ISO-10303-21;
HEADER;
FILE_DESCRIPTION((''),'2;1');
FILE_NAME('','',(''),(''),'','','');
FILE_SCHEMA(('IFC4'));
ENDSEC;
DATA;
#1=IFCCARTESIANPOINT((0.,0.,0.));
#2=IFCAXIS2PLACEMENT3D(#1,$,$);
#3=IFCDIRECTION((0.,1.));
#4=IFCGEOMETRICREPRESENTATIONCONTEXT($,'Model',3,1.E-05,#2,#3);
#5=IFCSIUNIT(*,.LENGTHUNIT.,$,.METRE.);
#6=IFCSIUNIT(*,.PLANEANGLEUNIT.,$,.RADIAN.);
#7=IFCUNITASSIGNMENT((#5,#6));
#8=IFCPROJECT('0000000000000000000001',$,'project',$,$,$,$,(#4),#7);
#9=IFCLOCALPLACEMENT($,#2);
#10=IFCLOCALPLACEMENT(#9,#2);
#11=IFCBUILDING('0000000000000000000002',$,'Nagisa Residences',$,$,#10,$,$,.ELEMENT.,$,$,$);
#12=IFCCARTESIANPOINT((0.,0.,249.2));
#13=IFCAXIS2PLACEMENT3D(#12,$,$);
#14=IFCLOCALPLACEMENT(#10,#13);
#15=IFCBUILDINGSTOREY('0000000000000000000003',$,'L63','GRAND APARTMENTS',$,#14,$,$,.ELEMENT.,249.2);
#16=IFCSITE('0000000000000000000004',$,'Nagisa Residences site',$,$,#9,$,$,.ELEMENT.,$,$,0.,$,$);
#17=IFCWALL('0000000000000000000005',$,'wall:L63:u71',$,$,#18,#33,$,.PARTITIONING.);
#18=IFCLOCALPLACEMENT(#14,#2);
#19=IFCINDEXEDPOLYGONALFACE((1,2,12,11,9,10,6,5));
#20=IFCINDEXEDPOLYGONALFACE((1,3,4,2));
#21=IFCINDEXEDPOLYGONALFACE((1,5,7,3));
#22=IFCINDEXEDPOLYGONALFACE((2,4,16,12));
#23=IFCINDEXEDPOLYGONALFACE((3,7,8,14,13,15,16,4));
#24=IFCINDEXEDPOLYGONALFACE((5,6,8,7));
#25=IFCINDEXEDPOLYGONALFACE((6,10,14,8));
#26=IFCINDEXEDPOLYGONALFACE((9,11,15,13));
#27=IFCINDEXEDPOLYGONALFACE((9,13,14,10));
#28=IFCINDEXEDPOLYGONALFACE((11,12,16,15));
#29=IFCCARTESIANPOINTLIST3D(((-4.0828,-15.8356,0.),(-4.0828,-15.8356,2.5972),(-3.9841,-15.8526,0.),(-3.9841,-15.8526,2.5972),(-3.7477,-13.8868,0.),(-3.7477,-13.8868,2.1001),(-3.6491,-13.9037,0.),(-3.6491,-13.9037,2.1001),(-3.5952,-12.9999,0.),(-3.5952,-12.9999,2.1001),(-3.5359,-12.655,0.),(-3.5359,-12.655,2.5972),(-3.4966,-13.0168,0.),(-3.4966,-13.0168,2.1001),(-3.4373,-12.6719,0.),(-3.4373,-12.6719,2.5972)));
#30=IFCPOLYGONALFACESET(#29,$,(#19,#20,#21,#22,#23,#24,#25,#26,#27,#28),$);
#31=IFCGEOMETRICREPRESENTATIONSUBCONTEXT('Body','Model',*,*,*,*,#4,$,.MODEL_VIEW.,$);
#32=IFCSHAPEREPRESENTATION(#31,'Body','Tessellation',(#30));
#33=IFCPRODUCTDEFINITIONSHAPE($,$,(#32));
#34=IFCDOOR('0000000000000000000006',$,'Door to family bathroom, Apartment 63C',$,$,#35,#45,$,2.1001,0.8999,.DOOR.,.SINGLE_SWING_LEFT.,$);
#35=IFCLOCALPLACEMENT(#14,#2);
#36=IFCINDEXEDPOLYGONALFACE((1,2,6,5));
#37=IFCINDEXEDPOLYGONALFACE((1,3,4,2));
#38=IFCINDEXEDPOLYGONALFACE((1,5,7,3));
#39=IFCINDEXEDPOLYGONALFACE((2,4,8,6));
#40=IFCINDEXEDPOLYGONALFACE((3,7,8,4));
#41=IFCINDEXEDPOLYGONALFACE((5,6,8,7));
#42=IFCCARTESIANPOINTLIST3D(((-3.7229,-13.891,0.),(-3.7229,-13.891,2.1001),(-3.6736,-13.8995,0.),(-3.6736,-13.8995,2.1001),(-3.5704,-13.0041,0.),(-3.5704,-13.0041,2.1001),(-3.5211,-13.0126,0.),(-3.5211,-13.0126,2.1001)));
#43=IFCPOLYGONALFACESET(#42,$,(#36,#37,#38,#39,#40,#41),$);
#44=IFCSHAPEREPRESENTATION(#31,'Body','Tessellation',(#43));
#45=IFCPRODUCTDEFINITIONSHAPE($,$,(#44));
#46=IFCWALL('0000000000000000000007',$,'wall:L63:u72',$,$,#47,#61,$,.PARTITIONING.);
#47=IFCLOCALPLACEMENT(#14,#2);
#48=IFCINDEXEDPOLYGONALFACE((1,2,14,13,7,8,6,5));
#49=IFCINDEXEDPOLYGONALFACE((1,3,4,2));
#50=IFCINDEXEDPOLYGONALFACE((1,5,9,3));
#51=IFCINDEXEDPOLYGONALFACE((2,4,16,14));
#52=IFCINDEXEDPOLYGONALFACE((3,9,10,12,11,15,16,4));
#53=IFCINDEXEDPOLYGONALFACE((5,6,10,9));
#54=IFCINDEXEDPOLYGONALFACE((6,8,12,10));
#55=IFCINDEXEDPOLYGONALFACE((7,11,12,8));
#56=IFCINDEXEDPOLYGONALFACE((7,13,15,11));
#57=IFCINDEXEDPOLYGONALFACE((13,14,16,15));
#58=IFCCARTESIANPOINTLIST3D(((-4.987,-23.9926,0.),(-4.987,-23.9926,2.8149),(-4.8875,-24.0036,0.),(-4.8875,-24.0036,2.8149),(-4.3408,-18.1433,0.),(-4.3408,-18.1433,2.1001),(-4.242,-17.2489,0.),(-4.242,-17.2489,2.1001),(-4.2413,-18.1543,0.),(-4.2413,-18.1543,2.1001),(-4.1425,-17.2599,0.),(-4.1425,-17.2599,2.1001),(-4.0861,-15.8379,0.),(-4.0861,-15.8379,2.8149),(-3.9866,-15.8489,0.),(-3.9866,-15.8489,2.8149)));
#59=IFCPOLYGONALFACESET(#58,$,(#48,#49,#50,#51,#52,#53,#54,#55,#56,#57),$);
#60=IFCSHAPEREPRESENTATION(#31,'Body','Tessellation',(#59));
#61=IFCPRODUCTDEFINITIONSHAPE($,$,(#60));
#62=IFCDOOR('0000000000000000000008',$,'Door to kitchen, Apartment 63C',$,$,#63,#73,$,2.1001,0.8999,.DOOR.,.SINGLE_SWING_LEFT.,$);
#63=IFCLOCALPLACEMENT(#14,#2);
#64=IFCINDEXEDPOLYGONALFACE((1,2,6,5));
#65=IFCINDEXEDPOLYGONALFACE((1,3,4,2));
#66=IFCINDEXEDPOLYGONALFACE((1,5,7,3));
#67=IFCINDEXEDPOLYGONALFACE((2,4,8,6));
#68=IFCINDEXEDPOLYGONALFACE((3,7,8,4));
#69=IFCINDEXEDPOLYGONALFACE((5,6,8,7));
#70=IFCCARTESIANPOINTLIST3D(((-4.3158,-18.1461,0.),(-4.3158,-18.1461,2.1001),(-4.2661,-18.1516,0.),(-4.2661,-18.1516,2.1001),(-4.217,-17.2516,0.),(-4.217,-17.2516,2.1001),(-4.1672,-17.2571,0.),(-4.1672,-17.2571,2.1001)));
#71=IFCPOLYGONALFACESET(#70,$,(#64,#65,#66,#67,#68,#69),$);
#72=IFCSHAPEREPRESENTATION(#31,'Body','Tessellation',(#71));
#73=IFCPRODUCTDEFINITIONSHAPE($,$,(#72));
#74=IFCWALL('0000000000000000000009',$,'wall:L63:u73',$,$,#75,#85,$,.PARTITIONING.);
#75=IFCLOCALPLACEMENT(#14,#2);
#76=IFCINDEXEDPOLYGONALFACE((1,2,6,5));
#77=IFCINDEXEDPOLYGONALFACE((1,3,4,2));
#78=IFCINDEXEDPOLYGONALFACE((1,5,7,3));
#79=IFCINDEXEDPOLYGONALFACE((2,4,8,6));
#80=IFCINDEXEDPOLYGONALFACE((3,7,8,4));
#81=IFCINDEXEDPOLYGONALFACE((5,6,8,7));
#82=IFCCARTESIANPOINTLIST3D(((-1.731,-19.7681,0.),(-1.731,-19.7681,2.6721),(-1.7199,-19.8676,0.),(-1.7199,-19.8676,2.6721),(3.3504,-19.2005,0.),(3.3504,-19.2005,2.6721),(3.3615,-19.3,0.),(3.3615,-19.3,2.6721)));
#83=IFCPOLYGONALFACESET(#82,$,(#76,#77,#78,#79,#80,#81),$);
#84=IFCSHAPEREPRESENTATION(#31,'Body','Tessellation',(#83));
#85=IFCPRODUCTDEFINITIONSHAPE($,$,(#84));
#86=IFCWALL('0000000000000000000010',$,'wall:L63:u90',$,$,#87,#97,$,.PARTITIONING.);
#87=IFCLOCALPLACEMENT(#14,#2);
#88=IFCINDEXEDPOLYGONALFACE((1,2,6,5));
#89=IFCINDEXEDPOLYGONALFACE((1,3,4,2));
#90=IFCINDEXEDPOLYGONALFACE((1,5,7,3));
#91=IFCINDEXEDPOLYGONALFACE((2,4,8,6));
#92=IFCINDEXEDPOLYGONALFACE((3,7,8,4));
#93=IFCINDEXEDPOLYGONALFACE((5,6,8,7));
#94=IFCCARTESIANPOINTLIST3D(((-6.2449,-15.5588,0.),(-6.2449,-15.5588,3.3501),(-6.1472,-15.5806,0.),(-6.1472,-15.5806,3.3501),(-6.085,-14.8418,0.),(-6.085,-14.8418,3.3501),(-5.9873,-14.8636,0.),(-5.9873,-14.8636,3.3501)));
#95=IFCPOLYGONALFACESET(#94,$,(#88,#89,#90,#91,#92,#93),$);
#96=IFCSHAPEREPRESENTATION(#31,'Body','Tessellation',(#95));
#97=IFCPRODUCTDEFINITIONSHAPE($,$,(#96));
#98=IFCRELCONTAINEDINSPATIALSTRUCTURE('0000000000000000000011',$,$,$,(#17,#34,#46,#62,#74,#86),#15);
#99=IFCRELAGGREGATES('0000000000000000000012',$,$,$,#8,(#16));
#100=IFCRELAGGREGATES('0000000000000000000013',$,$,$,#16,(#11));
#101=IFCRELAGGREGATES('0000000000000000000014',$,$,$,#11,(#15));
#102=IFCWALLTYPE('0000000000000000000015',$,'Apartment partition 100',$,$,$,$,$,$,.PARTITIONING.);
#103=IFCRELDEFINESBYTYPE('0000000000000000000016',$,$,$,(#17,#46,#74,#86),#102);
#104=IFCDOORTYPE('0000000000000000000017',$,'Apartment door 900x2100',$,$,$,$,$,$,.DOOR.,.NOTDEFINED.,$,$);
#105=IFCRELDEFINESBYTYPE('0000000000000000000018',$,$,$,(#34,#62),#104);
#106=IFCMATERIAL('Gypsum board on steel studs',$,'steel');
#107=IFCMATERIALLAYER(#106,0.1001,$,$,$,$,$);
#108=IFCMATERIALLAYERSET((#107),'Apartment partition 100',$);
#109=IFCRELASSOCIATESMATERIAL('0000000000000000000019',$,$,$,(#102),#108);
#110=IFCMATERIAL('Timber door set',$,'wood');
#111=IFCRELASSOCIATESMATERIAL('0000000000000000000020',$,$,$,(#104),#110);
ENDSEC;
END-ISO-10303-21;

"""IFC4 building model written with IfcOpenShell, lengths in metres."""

from ifc_helpers import new_model, si_unit, direction, frame, frame_2d, origin, place, context, subcontext, project, spatial, rectangle, extrude, material, layer, layer_set, type_object, element, fill, save


model = new_model("IFC4")

# Units and contexts
model_context = context("Model", 3, precision=1e-05, world=origin(), true_north=direction((0.0, 1.0)))
body_context = subcontext(model_context, "Body", "Model", "MODEL_VIEW")
ifc_project = project(units=[si_unit("LENGTHUNIT", "METRE"), si_unit("PLANEANGLEUNIT", "RADIAN")], contexts=[model_context])

# Site, building, storey
site_placement = place(None, origin())
site = spatial("IfcSite", under=ifc_project, at=site_placement, Name="Nagisa Residences site", CompositionType="ELEMENT", RefElevation=0.0)
building_placement = place(site_placement, origin())
building = spatial("IfcBuilding", under=site, at=building_placement, Name="Nagisa Residences", CompositionType="ELEMENT")
storey_placement = place(building_placement, frame((0.0, 0.0, 249.2)))
storey = spatial("IfcBuildingStorey", under=building, at=storey_placement, Name="L63", Description="GRAND APARTMENTS", CompositionType="ELEMENT", Elevation=249.2)

# Shared definitions
ifc_material_1 = material(Name="Gypsum board on steel studs", Category="steel")
ifc_layer_1 = layer(ifc_material_1, 0.1001)
ifc_layer_set_1 = layer_set([ifc_layer_1], Name="Apartment partition 100")
wall_type_1 = type_object("IfcWallType", Name="Apartment partition 100", PredefinedType="PARTITIONING", material=ifc_layer_set_1)
ifc_material_2 = material(Name="Timber door set", Category="wood")
door_type_1 = type_object("IfcDoorType", Name="Apartment door 900x2100", OperationType="NOTDEFINED", PredefinedType="DOOR", material=ifc_material_2)

# Walls, openings, doors
wall_1_placement = place(storey_placement, frame((-3.4866, -12.6633, 0.0), z_axis=(0.0, 0.0, 1.0), x_axis=(-0.169451, -0.985539, 0.0)))
wall_1 = element("IfcWall", 1, at=wall_1_placement, inside=storey, type_object=wall_type_1, Name="wall:L63:u71", PredefinedType="PARTITIONING", context=body_context, shape_type="SweptSolid", body=[
    extrude(rectangle(XDim=3.2273, YDim=0.1001, at=frame_2d((1.6138, 0.0))), origin(), (0.0, 0.0, 1.0), 2.5972),
])
opening_1_placement = place(wall_1_placement, frame((0.3501, 0.0, 0.0)))
opening_1 = element("IfcOpeningElement", 2, at=opening_1_placement, cuts=wall_1, PredefinedType="OPENING", context=body_context, shape_type="SweptSolid", body=[
    extrude(rectangle(XDim=0.8999, YDim=2.1001, at=frame_2d((0.45, 1.05))), frame((0.0, 0.0601, 0.0), z_axis=(0.0, -1.0, 0.0), x_axis=(1.0, 0.0, 0.0)), (0.0, 0.0, 1.0), 0.1201),
])
door_1_placement = place(opening_1_placement, frame((0.8999, 0.0, 0.0), x_axis=(-1.0, 0.0, 0.0)))
door_1 = element("IfcDoor", 3, at=door_1_placement, inside=storey, type_object=door_type_1, Name="Door to family bathroom, Apartment 63C", OperationType="SINGLE_SWING_LEFT", OverallHeight=2.1001, OverallWidth=0.8999, PredefinedType="DOOR", context=body_context, shape_type="SweptSolid", body=[
    extrude(rectangle(XDim=0.8999, YDim=2.1001, at=frame_2d((0.45, 1.05))), frame((0.0, 0.0249, 0.0), z_axis=(0.0, -1.0, 0.0), x_axis=(1.0, 0.0, 0.0)), (0.0, 0.0, 1.0), 0.05),
])
fill(opening_1, door_1)
wall_2_placement = place(storey_placement, frame((-4.0364, -15.8435, 0.0), z_axis=(0.0, 0.0, 1.0), x_axis=(-0.109804, -0.993953, 0.0)))
wall_2 = element("IfcWall", 4, at=wall_2_placement, inside=storey, type_object=wall_type_1, Name="wall:L63:u72", PredefinedType="PARTITIONING", context=body_context, shape_type="SweptSolid", body=[
    extrude(rectangle(XDim=8.2043, YDim=0.1001, at=frame_2d((4.1021, 0.0))), origin(), (0.0, 0.0, 1.0), 2.8149),
])
opening_2_placement = place(wall_2_placement, frame((1.4194, 0.0, 0.0)))
opening_2 = element("IfcOpeningElement", 5, at=opening_2_placement, cuts=wall_2, PredefinedType="OPENING", context=body_context, shape_type="SweptSolid", body=[
    extrude(rectangle(XDim=0.8999, YDim=2.1001, at=frame_2d((0.45, 1.05))), frame((0.0, 0.0601, 0.0), z_axis=(0.0, -1.0, 0.0), x_axis=(1.0, 0.0, 0.0)), (0.0, 0.0, 1.0), 0.1201),
])
door_2_placement = place(opening_2_placement, frame((0.8999, 0.0, 0.0), x_axis=(-1.0, 0.0, 0.0)))
door_2 = element("IfcDoor", 6, at=door_2_placement, inside=storey, type_object=door_type_1, Name="Door to kitchen, Apartment 63C", OperationType="SINGLE_SWING_LEFT", OverallHeight=2.1001, OverallWidth=0.8999, PredefinedType="DOOR", context=body_context, shape_type="SweptSolid", body=[
    extrude(rectangle(XDim=0.8999, YDim=2.1001, at=frame_2d((0.45, 1.05))), frame((0.0, 0.0249, 0.0), z_axis=(0.0, -1.0, 0.0), x_axis=(1.0, 0.0, 0.0)), (0.0, 0.0, 1.0), 0.05),
])
fill(opening_2, door_2)

# Walls
wall_3_placement = place(storey_placement, frame((-1.7256, -19.8179, 0.0), z_axis=(0.0, 0.0, 1.0), x_axis=(0.993819, 0.111013, 0.0)))
element("IfcWall", 7, at=wall_3_placement, inside=storey, type_object=wall_type_1, Name="wall:L63:u73", PredefinedType="PARTITIONING", context=body_context, shape_type="SweptSolid", body=[
    extrude(rectangle(XDim=5.113, YDim=0.1001, at=frame_2d((2.5566, 0.0))), origin(), (0.0, 0.0, 1.0), 2.6721),
])
wall_4_placement = place(storey_placement, frame((-6.196, -15.5696, 0.0), z_axis=(0.0, 0.0, 1.0), x_axis=(0.217669, 0.976023, 0.0)))
element("IfcWall", 8, at=wall_4_placement, inside=storey, type_object=wall_type_1, Name="wall:L63:u90", PredefinedType="PARTITIONING", context=body_context, shape_type="SweptSolid", body=[
    extrude(rectangle(XDim=0.7346, YDim=0.1001, at=frame_2d((0.3672, 0.0))), origin(), (0.0, 0.0, 1.0), 3.3501),
])

save(model, "model.ifc")
